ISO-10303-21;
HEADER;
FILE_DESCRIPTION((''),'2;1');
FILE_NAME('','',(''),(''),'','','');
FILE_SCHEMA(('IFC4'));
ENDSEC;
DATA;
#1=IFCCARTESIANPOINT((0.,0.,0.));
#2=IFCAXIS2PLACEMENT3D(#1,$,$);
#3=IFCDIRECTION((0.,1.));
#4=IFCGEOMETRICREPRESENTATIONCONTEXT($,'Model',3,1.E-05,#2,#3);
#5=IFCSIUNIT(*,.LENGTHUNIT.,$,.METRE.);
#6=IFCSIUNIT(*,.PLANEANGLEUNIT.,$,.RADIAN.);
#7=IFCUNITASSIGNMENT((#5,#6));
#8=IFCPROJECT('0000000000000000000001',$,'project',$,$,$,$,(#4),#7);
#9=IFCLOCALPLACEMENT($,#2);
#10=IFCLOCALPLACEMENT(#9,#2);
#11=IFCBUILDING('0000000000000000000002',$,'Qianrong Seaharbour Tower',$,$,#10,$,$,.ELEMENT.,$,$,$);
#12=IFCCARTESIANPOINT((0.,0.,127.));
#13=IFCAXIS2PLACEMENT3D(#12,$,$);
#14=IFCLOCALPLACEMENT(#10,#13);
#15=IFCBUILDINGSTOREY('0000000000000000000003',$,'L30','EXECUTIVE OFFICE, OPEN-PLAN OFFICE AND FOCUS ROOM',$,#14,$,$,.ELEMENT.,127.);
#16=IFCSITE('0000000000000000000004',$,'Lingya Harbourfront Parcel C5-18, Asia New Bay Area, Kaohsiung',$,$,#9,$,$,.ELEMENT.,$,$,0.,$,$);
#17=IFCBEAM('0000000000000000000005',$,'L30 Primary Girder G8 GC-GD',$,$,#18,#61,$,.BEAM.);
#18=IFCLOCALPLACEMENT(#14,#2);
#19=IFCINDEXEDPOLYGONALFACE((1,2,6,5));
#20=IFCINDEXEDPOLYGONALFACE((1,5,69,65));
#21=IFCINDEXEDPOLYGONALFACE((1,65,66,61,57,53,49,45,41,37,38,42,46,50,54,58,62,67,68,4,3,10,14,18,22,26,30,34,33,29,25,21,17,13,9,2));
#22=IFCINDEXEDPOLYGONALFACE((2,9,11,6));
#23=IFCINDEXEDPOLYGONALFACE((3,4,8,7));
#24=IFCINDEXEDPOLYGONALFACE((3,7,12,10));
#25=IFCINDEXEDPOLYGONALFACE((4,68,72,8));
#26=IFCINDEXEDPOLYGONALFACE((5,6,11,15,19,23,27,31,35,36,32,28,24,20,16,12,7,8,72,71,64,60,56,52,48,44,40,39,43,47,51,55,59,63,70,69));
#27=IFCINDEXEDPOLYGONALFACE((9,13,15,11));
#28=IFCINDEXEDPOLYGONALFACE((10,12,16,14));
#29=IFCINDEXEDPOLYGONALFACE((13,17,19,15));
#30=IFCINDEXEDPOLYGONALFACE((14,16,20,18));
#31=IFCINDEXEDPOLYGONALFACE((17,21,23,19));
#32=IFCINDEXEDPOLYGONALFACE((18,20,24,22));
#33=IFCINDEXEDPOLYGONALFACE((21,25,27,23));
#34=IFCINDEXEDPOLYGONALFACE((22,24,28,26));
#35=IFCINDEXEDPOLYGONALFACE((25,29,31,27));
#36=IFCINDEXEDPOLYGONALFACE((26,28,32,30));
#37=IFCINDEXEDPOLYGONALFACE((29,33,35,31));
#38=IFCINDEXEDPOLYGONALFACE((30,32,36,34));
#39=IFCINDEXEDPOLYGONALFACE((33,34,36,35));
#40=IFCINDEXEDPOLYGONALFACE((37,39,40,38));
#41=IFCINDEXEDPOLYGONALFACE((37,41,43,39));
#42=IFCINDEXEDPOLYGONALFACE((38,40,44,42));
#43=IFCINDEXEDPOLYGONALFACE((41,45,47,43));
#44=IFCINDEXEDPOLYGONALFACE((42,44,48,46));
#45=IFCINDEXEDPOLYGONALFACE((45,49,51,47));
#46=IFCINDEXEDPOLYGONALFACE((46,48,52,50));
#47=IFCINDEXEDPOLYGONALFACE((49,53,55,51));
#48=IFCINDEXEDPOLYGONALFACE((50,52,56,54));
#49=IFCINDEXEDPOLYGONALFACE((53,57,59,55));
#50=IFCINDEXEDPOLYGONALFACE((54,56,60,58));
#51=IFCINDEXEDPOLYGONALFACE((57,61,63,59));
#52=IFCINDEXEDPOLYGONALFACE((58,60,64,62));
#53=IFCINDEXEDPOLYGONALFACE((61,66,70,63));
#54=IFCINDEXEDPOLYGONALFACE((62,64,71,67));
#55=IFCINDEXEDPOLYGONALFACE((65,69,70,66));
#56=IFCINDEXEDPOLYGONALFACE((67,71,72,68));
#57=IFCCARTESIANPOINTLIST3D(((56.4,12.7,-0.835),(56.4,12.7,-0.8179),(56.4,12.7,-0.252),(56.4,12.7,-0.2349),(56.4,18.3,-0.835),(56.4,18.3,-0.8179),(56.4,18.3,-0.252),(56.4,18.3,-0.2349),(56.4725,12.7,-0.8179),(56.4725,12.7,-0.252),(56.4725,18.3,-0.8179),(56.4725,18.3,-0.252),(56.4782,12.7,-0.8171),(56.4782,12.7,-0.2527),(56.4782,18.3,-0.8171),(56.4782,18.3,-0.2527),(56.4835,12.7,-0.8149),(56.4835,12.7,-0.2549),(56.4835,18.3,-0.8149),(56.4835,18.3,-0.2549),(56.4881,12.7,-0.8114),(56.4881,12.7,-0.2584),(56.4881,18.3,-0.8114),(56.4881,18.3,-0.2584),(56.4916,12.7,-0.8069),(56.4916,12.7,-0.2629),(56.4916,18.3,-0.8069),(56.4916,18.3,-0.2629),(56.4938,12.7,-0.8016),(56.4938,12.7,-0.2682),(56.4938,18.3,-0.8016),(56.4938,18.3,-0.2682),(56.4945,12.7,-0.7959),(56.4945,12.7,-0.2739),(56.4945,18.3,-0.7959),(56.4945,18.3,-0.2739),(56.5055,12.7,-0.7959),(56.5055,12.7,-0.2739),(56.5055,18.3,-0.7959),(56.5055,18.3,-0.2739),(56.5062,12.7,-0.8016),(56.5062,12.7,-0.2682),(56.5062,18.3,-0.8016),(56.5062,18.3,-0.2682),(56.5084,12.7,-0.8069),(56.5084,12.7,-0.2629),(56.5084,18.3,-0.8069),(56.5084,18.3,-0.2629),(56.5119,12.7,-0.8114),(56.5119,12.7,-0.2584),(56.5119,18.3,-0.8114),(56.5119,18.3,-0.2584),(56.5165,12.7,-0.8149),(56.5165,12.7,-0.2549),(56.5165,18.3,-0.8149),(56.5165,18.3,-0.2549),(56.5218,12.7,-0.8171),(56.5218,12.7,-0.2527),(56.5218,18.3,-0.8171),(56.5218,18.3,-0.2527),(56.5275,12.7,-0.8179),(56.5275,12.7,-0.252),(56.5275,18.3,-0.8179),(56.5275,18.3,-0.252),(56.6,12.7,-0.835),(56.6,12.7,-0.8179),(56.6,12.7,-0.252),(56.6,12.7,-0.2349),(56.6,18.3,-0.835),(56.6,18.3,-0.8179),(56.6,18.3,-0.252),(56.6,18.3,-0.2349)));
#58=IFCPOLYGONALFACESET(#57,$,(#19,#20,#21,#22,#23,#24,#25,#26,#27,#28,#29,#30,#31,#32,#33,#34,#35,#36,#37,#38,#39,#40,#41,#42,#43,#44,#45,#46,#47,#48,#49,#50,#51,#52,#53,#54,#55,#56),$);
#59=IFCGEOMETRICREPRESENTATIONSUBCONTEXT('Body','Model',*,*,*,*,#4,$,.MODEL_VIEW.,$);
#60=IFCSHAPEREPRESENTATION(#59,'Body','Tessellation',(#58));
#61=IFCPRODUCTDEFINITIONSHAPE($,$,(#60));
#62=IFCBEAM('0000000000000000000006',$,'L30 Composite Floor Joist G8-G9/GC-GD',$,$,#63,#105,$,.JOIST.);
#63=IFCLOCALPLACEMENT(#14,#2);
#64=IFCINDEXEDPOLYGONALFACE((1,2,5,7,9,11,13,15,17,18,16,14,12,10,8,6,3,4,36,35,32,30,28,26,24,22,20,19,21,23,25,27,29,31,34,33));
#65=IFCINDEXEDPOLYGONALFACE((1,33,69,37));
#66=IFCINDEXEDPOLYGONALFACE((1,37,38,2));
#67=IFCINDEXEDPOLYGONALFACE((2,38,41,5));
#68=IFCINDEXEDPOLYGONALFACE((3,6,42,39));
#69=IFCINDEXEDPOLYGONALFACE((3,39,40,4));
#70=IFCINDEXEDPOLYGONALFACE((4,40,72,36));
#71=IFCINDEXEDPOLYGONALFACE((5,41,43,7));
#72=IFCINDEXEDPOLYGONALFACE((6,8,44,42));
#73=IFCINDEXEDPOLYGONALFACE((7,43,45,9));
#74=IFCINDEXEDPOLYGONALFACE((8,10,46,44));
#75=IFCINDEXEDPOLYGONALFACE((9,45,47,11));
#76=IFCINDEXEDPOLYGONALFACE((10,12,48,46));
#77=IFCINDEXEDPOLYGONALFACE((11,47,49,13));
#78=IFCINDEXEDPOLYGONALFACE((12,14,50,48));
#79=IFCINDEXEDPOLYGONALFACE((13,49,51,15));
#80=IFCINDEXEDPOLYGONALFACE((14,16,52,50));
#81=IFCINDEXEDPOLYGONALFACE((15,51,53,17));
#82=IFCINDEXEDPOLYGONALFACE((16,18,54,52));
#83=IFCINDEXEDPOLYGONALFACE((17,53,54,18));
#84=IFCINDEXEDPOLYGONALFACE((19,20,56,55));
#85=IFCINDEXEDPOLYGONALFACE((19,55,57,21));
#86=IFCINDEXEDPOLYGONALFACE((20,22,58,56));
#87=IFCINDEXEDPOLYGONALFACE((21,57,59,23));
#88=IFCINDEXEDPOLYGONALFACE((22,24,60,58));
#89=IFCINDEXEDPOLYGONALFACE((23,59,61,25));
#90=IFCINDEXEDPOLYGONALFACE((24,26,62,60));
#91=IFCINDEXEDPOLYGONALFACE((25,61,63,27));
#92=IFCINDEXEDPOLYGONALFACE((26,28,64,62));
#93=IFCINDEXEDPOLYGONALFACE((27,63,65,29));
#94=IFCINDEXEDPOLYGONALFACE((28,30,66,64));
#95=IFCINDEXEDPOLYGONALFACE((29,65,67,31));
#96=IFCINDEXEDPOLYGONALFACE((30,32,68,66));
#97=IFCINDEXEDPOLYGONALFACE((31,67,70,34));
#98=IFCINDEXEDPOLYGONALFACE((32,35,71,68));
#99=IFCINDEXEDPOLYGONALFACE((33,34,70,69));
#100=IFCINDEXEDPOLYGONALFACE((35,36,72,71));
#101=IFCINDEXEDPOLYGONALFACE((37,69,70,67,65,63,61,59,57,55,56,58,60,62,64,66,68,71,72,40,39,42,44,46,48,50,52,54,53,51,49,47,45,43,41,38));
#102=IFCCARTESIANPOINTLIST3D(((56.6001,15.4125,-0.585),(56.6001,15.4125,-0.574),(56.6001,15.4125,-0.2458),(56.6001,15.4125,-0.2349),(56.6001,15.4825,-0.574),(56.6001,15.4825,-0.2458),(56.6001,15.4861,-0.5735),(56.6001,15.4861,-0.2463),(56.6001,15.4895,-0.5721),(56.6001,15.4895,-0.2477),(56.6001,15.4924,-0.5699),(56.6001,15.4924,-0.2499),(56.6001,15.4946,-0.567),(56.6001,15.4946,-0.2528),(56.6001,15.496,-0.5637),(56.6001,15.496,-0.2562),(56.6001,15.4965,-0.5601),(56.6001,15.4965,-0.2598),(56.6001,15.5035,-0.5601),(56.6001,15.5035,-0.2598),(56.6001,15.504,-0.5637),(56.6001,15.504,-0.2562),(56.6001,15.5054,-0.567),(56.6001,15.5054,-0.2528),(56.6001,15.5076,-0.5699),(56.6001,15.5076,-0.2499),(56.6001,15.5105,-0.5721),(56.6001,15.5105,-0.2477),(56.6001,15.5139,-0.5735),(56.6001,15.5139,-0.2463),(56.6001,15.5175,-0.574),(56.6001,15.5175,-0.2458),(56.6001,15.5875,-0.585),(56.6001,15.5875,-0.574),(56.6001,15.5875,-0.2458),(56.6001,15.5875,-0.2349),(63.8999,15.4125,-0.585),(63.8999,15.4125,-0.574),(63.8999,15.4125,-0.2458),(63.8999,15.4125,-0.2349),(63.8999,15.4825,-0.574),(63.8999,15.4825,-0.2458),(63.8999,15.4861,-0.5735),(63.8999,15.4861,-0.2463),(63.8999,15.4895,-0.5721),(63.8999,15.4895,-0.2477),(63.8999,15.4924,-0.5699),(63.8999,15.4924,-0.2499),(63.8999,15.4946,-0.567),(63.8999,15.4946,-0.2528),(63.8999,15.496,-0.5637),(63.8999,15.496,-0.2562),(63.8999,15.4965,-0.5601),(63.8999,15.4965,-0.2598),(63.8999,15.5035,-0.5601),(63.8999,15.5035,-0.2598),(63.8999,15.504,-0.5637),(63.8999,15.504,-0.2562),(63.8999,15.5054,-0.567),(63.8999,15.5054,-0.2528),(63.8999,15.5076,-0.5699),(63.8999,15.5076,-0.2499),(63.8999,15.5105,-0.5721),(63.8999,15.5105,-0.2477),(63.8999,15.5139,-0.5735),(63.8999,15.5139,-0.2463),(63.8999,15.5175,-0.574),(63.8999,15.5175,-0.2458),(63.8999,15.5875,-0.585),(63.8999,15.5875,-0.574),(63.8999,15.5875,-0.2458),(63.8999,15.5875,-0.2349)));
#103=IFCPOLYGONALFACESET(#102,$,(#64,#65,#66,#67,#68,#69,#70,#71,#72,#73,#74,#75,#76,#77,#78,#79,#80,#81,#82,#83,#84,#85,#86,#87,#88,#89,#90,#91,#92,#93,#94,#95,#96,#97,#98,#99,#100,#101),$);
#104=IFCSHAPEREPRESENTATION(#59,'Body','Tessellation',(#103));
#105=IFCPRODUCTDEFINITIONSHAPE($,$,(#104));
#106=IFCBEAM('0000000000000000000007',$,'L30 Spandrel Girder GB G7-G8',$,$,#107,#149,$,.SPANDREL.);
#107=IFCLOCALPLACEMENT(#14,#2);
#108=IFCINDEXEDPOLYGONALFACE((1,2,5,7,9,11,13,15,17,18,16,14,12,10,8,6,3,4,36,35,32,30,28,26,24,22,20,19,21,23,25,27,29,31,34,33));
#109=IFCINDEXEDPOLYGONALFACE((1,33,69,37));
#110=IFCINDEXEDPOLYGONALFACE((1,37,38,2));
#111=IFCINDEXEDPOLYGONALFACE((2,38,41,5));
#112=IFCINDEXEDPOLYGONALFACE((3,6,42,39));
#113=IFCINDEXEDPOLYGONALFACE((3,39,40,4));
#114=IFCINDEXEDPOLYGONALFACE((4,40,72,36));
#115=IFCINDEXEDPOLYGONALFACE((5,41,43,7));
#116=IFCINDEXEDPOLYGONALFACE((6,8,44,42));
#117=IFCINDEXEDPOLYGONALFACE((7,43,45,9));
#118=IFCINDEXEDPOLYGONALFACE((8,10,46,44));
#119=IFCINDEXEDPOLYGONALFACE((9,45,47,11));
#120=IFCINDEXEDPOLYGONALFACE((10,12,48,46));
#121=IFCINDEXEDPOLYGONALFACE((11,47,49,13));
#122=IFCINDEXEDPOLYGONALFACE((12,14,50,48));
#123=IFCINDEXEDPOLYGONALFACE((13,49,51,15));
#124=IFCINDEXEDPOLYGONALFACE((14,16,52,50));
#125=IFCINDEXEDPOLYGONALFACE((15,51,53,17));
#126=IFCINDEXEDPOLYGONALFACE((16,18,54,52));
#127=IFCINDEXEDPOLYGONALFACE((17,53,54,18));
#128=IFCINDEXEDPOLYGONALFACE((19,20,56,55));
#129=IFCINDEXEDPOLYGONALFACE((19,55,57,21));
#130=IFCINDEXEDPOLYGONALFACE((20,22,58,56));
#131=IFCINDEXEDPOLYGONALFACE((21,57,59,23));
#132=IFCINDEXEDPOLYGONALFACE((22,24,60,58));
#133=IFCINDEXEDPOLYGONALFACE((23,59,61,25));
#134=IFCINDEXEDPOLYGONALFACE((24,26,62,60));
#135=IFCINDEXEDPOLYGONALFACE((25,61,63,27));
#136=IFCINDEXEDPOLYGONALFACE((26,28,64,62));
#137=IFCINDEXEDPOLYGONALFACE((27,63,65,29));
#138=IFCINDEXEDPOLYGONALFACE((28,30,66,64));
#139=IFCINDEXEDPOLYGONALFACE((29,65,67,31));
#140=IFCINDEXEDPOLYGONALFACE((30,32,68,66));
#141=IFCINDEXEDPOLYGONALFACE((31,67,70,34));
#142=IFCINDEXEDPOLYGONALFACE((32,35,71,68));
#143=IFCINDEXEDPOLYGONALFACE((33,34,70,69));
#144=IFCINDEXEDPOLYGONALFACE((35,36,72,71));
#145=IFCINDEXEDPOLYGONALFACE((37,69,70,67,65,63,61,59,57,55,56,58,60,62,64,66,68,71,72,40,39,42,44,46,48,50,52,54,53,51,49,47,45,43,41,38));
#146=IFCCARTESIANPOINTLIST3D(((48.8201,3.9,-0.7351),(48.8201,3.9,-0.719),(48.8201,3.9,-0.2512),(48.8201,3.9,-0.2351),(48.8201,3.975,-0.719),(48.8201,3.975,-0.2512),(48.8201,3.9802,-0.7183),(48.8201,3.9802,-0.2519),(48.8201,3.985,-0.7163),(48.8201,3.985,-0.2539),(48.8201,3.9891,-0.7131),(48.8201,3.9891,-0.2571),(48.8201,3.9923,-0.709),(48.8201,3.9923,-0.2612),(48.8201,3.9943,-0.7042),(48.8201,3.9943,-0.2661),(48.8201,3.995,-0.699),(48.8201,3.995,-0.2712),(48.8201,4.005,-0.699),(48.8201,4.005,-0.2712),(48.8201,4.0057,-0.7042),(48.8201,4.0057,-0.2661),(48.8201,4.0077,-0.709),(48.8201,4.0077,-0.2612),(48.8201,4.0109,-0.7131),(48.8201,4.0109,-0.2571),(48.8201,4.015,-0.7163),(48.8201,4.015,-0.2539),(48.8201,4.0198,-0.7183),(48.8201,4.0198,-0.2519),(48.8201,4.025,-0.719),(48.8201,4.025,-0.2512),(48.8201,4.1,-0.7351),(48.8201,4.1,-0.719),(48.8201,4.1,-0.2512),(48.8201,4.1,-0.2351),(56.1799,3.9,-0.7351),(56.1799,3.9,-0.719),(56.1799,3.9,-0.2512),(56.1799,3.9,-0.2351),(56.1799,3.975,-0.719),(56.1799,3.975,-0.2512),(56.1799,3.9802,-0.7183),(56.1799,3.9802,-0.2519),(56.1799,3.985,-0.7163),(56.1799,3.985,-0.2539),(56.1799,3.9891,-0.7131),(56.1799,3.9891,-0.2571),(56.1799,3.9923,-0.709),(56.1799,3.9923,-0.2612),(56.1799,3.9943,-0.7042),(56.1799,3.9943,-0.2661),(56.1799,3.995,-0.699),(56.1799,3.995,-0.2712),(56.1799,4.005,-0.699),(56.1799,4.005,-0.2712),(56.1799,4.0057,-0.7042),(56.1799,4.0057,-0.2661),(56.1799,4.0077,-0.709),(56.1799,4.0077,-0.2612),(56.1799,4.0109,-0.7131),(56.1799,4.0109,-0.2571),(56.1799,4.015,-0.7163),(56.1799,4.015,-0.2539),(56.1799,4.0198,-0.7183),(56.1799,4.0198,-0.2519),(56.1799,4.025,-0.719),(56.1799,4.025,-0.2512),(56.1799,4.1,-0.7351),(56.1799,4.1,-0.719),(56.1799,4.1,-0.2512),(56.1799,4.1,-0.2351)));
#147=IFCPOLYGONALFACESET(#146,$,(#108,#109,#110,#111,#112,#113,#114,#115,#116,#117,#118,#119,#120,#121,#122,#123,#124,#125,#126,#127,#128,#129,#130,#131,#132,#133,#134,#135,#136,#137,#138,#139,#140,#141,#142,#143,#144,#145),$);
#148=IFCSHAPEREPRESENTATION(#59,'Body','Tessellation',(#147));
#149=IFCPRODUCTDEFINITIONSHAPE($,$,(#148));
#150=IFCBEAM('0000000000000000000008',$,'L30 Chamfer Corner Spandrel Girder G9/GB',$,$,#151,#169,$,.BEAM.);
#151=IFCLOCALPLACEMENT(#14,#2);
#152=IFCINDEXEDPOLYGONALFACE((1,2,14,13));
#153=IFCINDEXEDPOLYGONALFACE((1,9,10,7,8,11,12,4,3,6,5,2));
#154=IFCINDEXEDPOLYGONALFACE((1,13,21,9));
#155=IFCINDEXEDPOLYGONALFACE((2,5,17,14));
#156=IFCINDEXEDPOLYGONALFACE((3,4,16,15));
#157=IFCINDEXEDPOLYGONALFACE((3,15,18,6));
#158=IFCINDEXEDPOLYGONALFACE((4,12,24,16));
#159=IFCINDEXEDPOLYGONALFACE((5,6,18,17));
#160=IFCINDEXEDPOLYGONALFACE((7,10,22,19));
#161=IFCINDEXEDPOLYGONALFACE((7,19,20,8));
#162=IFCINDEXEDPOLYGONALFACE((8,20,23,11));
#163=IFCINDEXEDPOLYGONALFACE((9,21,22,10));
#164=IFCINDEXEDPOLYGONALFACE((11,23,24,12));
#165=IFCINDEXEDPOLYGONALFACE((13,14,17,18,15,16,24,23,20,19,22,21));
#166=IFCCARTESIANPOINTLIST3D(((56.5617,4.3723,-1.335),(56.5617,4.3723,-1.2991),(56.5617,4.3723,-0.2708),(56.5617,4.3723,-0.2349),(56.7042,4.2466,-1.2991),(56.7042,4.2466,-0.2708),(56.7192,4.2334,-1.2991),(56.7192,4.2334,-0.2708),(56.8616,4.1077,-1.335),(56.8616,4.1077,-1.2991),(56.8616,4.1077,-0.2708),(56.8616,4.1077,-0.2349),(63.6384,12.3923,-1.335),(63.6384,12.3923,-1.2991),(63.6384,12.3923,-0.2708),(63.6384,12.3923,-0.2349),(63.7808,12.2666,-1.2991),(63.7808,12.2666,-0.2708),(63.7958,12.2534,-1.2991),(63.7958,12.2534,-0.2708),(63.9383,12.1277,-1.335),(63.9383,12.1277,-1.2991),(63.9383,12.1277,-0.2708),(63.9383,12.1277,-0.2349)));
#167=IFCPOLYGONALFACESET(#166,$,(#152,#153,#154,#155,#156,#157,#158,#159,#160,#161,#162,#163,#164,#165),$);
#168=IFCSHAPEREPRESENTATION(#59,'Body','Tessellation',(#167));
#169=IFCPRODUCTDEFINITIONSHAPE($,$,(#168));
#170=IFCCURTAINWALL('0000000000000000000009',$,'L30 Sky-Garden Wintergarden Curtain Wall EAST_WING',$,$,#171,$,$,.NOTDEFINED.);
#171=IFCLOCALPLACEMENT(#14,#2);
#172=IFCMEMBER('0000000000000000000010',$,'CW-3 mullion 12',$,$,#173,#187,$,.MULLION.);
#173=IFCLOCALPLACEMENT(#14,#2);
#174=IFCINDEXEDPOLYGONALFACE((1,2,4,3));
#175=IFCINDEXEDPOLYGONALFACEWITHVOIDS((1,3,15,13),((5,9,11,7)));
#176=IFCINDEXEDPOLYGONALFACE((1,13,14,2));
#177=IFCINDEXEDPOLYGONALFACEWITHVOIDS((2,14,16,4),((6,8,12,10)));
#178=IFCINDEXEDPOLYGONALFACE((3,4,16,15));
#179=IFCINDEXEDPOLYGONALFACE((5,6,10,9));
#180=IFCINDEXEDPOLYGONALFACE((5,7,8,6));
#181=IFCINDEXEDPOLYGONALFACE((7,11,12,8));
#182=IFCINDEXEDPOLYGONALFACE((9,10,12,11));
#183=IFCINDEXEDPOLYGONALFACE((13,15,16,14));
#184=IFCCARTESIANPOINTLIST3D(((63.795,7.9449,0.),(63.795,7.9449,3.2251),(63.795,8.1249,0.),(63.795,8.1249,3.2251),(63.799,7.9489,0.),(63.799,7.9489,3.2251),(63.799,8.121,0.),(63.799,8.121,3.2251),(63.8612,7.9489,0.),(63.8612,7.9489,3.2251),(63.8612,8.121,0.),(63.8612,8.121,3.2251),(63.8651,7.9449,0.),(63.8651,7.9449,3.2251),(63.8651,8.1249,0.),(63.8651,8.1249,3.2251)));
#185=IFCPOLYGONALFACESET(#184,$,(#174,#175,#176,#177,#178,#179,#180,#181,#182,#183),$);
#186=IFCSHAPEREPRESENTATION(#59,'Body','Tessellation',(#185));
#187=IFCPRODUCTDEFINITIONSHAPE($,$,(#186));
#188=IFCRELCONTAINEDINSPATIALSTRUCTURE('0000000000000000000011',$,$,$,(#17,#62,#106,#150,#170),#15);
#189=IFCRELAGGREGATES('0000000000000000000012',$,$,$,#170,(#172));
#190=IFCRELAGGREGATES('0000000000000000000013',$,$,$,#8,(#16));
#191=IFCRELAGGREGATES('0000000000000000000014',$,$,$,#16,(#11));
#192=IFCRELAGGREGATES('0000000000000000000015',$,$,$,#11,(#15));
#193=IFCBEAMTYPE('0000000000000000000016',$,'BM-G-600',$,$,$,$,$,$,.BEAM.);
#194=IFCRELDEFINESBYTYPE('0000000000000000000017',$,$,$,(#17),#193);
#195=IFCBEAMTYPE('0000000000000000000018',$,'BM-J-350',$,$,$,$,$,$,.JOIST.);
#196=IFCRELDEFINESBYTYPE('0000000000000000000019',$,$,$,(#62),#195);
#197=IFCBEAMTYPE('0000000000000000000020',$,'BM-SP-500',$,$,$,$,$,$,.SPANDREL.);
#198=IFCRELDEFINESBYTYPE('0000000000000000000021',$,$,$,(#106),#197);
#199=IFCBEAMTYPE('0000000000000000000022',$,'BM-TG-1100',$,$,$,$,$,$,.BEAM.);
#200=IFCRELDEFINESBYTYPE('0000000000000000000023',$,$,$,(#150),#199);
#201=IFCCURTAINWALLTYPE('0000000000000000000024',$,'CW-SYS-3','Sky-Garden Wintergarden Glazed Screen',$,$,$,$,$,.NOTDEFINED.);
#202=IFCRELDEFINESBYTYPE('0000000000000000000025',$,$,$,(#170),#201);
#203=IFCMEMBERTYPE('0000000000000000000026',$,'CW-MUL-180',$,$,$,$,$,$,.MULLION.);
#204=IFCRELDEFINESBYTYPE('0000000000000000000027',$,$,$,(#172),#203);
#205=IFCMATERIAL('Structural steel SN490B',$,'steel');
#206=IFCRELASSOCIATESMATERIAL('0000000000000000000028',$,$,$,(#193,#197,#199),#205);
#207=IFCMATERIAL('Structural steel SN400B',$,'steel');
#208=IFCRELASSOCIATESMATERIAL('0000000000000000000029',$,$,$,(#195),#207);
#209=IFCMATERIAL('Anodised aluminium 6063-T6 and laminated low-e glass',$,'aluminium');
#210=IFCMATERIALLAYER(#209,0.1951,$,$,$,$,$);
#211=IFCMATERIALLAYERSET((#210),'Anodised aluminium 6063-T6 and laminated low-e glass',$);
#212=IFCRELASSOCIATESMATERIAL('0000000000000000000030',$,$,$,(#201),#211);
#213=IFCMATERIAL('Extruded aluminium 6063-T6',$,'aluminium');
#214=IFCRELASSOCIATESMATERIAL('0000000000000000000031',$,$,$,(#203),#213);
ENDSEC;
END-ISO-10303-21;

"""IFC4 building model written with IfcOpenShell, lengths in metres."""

from ifc_helpers import new_model, si_unit, direction, frame, origin, origin_2d, place, context, subcontext, project, spatial, hollow_rectangle, i_section, extrude, material, layer, layer_set, material_profile, profile_set, type_object, element, aggregate, save


model = new_model("IFC4")

# Units and contexts
model_context = context("Model", 3, precision=1e-05, world=origin(), true_north=direction((0.0, 1.0)))
body_context = subcontext(model_context, "Body", "Model", "MODEL_VIEW")
ifc_project = project(units=[si_unit("LENGTHUNIT", "METRE"), si_unit("PLANEANGLEUNIT", "RADIAN")], contexts=[model_context])

# Site, building, storey
site_placement = place(None, origin())
site = spatial("IfcSite", under=ifc_project, at=site_placement, Name="Lingya Harbourfront Parcel C5-18, Asia New Bay Area, Kaohsiung", CompositionType="ELEMENT", RefElevation=0.0)
building_placement = place(site_placement, origin())
building = spatial("IfcBuilding", under=site, at=building_placement, Name="Qianrong Seaharbour Tower", CompositionType="ELEMENT")
storey_placement = place(building_placement, frame((0.0, 0.0, 127.0)))
storey = spatial("IfcBuildingStorey", under=building, at=storey_placement, Name="L30", Description="EXECUTIVE OFFICE, OPEN-PLAN OFFICE AND FOCUS ROOM", CompositionType="ELEMENT", Elevation=127.0)

# Shared definitions
ifc_material_1 = material(Name="Structural steel SN490B", Category="steel")

# Beams
ifc_material_profile_1 = material_profile(ifc_material_1, i_section(OverallWidth=0.2, OverallDepth=0.6001, WebThickness=0.011, FlangeThickness=0.0171, FilletRadius=0.022, at=origin_2d()), Name="H600x200x11x17")
ifc_profile_set_1 = profile_set([ifc_material_profile_1], Name="Structural steel SN490B")
beam_type_1 = type_object("IfcBeamType", Name="BM-G-600", PredefinedType="BEAM", material=ifc_profile_set_1)
beam_1_placement = place(storey_placement, frame((56.5, 12.7, -0.5349), z_axis=(0.0, 1.0, 0.0), x_axis=(-1.0, 0.0, 0.0)))
element("IfcBeam", 1, at=beam_1_placement, inside=storey, type_object=beam_type_1, Name="L30 Primary Girder G8 GC-GD", PredefinedType="BEAM", context=body_context, shape_type="SweptSolid", body=[
    extrude(i_section(OverallWidth=0.2, OverallDepth=0.6001, WebThickness=0.011, FlangeThickness=0.0171, FilletRadius=0.022, at=origin_2d()), origin(), (0.0, 0.0, 1.0), 5.6001),
])
ifc_material_2 = material(Name="Structural steel SN400B", Category="steel")
ifc_material_profile_2 = material_profile(ifc_material_2, i_section(OverallWidth=0.175, OverallDepth=0.3501, WebThickness=0.0071, FlangeThickness=0.011, FilletRadius=0.0139, at=origin_2d()), Name="H350x175x7x11")
ifc_profile_set_2 = profile_set([ifc_material_profile_2], Name="Structural steel SN400B")
beam_type_2 = type_object("IfcBeamType", Name="BM-J-350", PredefinedType="JOIST", material=ifc_profile_set_2)
beam_2_placement = place(storey_placement, frame((56.6001, 15.5, -0.4099), z_axis=(1.0, 0.0, 0.0), x_axis=(0.0, 1.0, 0.0)))
element("IfcBeam", 2, at=beam_2_placement, inside=storey, type_object=beam_type_2, Name="L30 Composite Floor Joist G8-G9/GC-GD", PredefinedType="JOIST", context=body_context, shape_type="SweptSolid", body=[
    extrude(i_section(OverallWidth=0.175, OverallDepth=0.3501, WebThickness=0.0071, FlangeThickness=0.011, FilletRadius=0.0139, at=origin_2d()), origin(), (0.0, 0.0, 1.0), 7.2998),
])
ifc_material_profile_3 = material_profile(ifc_material_1, i_section(OverallWidth=0.2, OverallDepth=0.5, WebThickness=0.01, FlangeThickness=0.0161, FilletRadius=0.02, at=origin_2d()), Name="H500x200x10x16")
ifc_profile_set_3 = profile_set([ifc_material_profile_3], Name="Structural steel SN490B")
beam_type_3 = type_object("IfcBeamType", Name="BM-SP-500", PredefinedType="SPANDREL", material=ifc_profile_set_3)
beam_3_placement = place(storey_placement, frame((48.8201, 4.0, -0.4851), z_axis=(1.0, 0.0, 0.0), x_axis=(0.0, 1.0, 0.0)))
element("IfcBeam", 3, at=beam_3_placement, inside=storey, type_object=beam_type_3, Name="L30 Spandrel Girder GB G7-G8", PredefinedType="SPANDREL", context=body_context, shape_type="SweptSolid", body=[
    extrude(i_section(OverallWidth=0.2, OverallDepth=0.5, WebThickness=0.01, FlangeThickness=0.0161, FilletRadius=0.02, at=origin_2d()), origin(), (0.0, 0.0, 1.0), 7.3599),
])
ifc_material_profile_4 = material_profile(ifc_material_1, i_section(OverallWidth=0.3999, OverallDepth=1.1001, WebThickness=0.02, FlangeThickness=0.0359, at=origin_2d()), Name="BH1100x400x20x36")
ifc_profile_set_4 = profile_set([ifc_material_profile_4], Name="Structural steel SN490B")
beam_type_4 = type_object("IfcBeamType", Name="BM-TG-1100", PredefinedType="BEAM", material=ifc_profile_set_4)
beam_4_placement = place(storey_placement, frame((56.7117, 4.24, -0.7849), z_axis=(0.661631, 0.74983, 0.0), x_axis=(-0.74983, 0.661631, 0.0)))
element("IfcBeam", 4, at=beam_4_placement, inside=storey, type_object=beam_type_4, Name="L30 Chamfer Corner Spandrel Girder G9/GB", PredefinedType="BEAM", context=body_context, shape_type="SweptSolid", body=[
    extrude(i_section(OverallWidth=0.3999, OverallDepth=1.1001, WebThickness=0.02, FlangeThickness=0.0359, at=origin_2d()), origin(), (0.0, 0.0, 1.0), 10.6958),
])

# Curtain wall, member
ifc_material_3 = material(Name="Anodised aluminium 6063-T6 and laminated low-e glass", Category="aluminium")
ifc_layer_1 = layer(ifc_material_3, 0.1951)
ifc_layer_set_1 = layer_set([ifc_layer_1], Name="Anodised aluminium 6063-T6 and laminated low-e glass")
curtain_wall_type = type_object("IfcCurtainWallType", Name="CW-SYS-3", Description="Sky-Garden Wintergarden Glazed Screen", PredefinedType="NOTDEFINED", material=ifc_layer_set_1)
curtain_wall_placement = place(storey_placement, origin())
curtain_wall = element("IfcCurtainWall", 5, at=curtain_wall_placement, inside=storey, type_object=curtain_wall_type, Name="L30 Sky-Garden Wintergarden Curtain Wall EAST_WING", PredefinedType="NOTDEFINED")
ifc_material_4 = material(Name="Extruded aluminium 6063-T6", Category="aluminium")
ifc_material_profile_5 = material_profile(ifc_material_4, hollow_rectangle(XDim=0.0701, YDim=0.1799, WallThickness=0.0039, at=origin_2d()), Name="ALU-MUL-180x70x4")
ifc_profile_set_5 = profile_set([ifc_material_profile_5], Name="Extruded aluminium 6063-T6")
member_type = type_object("IfcMemberType", Name="CW-MUL-180", PredefinedType="MULLION", material=ifc_profile_set_5)
member_placement = place(storey_placement, frame((63.8301, 8.0349, 0.0), z_axis=(0.0, 0.0, 1.0), x_axis=(1.0, 0.0, 0.0)))
member = element("IfcMember", 6, at=member_placement, type_object=member_type, Name="CW-3 mullion 12", PredefinedType="MULLION", context=body_context, shape_type="SweptSolid", body=[
    extrude(hollow_rectangle(XDim=0.0701, YDim=0.1799, WallThickness=0.0039, at=origin_2d()), origin(), (0.0, 0.0, 1.0), 3.2251),
])
aggregate(curtain_wall, [member])

save(model, "model.ifc")
